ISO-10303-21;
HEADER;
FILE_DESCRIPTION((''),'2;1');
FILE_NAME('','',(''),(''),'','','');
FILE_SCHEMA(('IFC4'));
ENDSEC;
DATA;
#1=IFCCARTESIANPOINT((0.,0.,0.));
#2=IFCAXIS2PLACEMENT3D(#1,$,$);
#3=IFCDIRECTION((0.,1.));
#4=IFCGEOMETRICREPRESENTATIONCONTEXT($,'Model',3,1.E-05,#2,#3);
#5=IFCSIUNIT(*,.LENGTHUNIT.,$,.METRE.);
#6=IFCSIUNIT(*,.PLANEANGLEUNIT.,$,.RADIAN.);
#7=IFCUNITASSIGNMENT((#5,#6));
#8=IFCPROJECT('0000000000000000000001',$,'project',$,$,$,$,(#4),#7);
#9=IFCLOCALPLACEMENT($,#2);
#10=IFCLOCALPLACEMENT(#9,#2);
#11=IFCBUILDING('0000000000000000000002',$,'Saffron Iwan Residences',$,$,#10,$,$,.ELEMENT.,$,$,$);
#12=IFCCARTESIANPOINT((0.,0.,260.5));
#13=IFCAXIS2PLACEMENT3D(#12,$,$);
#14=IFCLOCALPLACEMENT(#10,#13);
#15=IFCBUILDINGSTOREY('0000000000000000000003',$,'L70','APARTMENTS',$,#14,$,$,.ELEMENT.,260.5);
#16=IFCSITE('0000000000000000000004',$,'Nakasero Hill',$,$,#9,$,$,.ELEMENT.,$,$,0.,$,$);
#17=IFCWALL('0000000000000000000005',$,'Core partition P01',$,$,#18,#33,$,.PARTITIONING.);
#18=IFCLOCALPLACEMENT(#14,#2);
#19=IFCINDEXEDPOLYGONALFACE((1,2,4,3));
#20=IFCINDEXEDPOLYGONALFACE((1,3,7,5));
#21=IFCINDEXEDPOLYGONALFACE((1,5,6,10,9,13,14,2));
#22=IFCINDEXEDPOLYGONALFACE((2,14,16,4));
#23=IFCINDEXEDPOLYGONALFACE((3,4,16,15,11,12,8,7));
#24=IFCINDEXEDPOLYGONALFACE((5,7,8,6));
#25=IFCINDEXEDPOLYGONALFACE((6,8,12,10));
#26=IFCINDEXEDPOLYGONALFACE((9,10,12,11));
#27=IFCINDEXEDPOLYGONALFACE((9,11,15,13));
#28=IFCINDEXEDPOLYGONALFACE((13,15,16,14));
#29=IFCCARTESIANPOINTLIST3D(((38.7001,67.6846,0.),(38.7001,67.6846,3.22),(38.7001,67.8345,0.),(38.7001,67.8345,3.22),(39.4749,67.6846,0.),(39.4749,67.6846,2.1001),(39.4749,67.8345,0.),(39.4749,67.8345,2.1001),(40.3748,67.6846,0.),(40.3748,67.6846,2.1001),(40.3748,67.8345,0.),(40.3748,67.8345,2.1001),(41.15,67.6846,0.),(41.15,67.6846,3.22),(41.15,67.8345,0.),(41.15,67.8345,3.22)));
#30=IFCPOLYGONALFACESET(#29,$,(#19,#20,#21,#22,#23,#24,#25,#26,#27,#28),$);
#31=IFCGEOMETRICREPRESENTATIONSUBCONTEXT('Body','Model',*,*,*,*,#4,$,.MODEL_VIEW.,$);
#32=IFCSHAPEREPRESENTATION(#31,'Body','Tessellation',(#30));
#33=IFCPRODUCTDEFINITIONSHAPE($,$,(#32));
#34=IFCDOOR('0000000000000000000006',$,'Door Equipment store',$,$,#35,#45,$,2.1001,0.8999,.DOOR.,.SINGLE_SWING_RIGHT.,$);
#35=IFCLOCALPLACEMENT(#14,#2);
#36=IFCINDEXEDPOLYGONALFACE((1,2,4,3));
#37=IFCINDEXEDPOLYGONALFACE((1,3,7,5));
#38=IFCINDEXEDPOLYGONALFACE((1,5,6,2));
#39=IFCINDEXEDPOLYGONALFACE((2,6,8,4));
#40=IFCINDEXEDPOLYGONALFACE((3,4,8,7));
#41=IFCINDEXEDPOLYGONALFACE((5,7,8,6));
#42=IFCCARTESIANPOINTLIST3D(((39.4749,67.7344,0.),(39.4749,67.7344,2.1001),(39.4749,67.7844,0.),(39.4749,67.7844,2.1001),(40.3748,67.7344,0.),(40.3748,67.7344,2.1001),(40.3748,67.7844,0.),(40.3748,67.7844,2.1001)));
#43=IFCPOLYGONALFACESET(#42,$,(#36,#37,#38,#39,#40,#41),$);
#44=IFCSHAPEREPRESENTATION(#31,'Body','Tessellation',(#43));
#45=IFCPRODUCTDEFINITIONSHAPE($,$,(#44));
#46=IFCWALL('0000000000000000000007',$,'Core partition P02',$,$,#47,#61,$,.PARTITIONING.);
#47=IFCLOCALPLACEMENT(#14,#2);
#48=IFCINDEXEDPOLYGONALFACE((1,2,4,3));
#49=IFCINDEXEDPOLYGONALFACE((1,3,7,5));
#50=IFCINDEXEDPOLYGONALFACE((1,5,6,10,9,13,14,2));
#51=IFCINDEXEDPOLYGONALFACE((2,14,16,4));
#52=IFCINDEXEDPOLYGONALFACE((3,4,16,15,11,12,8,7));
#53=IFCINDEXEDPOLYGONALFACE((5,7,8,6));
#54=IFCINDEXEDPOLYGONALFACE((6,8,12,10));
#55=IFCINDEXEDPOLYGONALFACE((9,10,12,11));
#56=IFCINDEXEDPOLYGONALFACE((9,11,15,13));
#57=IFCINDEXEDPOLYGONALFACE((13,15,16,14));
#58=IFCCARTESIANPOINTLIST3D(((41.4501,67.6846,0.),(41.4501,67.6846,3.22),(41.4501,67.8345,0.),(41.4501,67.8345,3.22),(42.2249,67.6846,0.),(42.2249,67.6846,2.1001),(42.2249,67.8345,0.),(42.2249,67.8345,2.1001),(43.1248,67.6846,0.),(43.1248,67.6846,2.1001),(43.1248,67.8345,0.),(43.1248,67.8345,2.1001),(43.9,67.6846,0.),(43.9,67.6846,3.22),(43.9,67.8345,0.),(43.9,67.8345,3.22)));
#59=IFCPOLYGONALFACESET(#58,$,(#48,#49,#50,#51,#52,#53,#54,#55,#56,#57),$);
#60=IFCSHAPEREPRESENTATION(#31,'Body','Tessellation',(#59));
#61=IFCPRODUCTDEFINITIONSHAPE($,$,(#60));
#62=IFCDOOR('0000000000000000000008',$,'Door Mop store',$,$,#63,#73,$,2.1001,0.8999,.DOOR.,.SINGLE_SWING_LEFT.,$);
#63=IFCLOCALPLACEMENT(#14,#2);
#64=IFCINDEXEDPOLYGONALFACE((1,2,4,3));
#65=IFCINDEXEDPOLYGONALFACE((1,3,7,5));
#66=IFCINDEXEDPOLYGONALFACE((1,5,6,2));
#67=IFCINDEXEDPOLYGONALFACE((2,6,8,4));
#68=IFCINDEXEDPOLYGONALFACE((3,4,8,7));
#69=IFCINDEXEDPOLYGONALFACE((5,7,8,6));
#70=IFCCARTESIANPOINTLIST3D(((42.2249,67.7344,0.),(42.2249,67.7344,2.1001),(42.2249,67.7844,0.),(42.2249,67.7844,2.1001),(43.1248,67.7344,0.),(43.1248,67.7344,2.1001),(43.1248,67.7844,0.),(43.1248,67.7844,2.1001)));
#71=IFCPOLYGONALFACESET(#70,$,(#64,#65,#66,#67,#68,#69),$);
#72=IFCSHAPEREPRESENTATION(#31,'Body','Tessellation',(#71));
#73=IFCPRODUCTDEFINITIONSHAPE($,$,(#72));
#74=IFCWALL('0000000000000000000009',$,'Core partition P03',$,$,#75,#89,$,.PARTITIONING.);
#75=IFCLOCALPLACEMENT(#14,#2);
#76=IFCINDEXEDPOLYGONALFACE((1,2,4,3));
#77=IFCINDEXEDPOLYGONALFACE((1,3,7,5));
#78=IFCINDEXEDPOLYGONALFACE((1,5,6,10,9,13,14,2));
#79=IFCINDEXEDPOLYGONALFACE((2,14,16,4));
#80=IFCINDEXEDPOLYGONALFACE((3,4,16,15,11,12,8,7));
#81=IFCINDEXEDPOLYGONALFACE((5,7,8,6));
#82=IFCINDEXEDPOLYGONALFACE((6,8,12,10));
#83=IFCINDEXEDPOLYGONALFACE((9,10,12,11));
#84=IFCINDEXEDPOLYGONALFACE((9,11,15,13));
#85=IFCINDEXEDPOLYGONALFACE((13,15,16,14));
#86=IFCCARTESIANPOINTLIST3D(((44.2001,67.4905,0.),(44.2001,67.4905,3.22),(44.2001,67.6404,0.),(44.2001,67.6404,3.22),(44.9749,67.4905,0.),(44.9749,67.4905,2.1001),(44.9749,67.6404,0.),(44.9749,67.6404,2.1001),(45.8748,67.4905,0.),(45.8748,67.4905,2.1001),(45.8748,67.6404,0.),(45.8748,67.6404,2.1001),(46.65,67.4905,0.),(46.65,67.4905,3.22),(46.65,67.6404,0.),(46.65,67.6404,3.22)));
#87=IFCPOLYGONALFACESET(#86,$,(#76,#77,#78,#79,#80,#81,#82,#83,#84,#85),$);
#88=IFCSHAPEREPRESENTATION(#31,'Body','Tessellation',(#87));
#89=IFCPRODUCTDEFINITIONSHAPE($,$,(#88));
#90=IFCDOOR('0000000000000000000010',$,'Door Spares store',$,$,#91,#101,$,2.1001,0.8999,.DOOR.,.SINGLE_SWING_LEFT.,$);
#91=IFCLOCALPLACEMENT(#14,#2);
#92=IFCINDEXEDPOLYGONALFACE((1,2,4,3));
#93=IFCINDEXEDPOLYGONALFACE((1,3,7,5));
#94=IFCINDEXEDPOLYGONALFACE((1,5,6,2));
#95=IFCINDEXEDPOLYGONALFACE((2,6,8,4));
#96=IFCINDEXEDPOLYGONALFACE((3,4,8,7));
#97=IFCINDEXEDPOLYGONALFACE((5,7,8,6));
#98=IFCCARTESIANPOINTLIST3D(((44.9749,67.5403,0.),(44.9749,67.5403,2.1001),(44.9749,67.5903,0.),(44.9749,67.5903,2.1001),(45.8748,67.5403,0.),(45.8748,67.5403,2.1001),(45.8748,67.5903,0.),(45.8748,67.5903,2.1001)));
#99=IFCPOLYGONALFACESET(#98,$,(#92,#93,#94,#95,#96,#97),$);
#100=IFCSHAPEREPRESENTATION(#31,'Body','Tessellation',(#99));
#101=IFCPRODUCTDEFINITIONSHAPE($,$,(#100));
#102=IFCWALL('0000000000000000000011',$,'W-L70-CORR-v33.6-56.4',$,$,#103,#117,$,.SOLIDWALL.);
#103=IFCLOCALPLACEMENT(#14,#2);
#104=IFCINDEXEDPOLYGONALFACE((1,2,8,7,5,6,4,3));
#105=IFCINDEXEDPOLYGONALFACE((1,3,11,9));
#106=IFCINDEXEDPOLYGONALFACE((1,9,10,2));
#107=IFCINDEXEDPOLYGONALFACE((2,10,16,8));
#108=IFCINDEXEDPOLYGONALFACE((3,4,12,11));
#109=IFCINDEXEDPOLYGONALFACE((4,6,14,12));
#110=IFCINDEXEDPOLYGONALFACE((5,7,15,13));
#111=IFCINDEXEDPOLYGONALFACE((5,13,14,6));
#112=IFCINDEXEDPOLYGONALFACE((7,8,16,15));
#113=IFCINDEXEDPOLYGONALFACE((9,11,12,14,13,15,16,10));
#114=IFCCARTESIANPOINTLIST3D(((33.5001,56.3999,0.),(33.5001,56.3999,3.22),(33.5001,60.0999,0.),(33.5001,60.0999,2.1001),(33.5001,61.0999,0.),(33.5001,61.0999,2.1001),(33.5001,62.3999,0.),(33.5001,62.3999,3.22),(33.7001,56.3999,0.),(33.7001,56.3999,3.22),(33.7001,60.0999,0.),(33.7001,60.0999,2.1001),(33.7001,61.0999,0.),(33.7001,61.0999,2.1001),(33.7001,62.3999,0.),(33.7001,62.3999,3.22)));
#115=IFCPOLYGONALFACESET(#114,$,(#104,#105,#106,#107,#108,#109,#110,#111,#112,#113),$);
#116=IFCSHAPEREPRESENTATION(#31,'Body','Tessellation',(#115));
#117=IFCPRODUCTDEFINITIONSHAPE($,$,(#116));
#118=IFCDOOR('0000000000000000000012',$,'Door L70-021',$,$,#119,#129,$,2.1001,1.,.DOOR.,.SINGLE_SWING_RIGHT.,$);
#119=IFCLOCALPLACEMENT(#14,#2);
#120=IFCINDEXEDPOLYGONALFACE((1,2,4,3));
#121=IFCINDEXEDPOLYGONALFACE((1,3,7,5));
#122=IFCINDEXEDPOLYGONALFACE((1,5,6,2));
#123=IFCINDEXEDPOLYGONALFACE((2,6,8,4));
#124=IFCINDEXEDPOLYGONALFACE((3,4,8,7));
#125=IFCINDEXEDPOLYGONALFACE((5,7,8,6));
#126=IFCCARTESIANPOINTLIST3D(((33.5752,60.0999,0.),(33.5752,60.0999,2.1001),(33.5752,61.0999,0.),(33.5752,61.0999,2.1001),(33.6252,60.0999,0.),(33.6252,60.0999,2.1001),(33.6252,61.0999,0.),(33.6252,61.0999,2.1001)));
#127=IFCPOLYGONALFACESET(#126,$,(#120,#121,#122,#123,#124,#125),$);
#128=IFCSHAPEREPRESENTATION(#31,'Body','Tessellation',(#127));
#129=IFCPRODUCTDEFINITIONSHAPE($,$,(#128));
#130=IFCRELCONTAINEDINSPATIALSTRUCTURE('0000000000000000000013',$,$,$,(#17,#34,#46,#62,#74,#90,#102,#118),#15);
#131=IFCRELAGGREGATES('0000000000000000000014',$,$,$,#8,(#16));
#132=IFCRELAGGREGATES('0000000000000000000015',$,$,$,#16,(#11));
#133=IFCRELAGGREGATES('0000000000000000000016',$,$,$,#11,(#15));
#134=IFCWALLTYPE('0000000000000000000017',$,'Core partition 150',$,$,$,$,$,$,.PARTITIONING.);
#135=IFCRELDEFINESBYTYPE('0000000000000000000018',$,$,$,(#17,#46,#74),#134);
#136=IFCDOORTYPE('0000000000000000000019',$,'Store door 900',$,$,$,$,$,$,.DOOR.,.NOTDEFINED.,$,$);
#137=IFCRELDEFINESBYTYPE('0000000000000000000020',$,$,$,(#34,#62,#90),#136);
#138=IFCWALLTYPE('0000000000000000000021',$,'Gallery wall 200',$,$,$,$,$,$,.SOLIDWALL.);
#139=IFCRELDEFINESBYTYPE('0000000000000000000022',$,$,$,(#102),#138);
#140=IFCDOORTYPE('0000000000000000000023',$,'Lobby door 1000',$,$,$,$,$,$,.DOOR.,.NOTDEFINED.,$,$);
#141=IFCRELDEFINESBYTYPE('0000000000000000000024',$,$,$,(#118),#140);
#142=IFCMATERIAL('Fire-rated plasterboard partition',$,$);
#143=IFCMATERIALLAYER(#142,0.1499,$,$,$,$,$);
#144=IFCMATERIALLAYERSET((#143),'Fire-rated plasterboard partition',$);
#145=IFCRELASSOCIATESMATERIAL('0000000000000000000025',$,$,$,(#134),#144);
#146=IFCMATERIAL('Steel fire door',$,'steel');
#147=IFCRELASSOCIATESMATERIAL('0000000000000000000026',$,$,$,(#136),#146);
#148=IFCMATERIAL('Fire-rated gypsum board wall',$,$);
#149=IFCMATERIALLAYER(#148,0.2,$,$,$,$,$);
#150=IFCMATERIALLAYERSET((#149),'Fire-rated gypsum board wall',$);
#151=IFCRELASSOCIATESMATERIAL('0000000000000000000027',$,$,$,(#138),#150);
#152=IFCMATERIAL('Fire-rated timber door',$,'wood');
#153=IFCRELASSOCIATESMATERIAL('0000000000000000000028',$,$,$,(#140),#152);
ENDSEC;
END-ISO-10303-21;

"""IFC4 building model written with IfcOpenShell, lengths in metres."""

from ifc_helpers import new_model, si_unit, direction, frame, frame_2d, origin, place, context, subcontext, project, spatial, rectangle, extrude, material, layer, layer_set, type_object, element, fill, save


model = new_model("IFC4")

# Units and contexts
model_context = context("Model", 3, precision=1e-05, world=origin(), true_north=direction((0.0, 1.0)))
body_context = subcontext(model_context, "Body", "Model", "MODEL_VIEW")
ifc_project = project(units=[si_unit("LENGTHUNIT", "METRE"), si_unit("PLANEANGLEUNIT", "RADIAN")], contexts=[model_context])

# Site, building, storey
site_placement = place(None, origin())
site = spatial("IfcSite", under=ifc_project, at=site_placement, Name="Nakasero Hill", CompositionType="ELEMENT", RefElevation=0.0)
building_placement = place(site_placement, origin())
building = spatial("IfcBuilding", under=site, at=building_placement, Name="Saffron Iwan Residences", CompositionType="ELEMENT")
storey_placement = place(building_placement, frame((0.0, 0.0, 260.5)))
storey = spatial("IfcBuildingStorey", under=building, at=storey_placement, Name="L70", Description="APARTMENTS", CompositionType="ELEMENT", Elevation=260.5)

# Walls, openings, doors
ifc_material_1 = material(Name="Fire-rated plasterboard partition")
ifc_layer_1 = layer(ifc_material_1, 0.1499)
ifc_layer_set_1 = layer_set([ifc_layer_1], Name="Fire-rated plasterboard partition")
wall_type_1 = type_object("IfcWallType", Name="Core partition 150", PredefinedType="PARTITIONING", material=ifc_layer_set_1)
wall_1_placement = place(storey_placement, frame((38.7, 67.7595, 0.0), z_axis=(0.0, 0.0, 1.0), x_axis=(1.0, 0.0, 0.0)))
wall_1 = element("IfcWall", 1, at=wall_1_placement, inside=storey, type_object=wall_type_1, Name="Core partition P01", PredefinedType="PARTITIONING", context=body_context, shape_type="SweptSolid", body=[
    extrude(rectangle(XDim=2.45, YDim=0.1499, at=frame_2d((1.2251, 0.0))), origin(), (0.0, 0.0, 1.0), 3.22),
])
opening_1_placement = place(wall_1_placement, frame((0.7749, 0.0, 0.0)))
opening_1 = element("IfcOpeningElement", 2, at=opening_1_placement, cuts=wall_1, PredefinedType="OPENING", context=body_context, shape_type="SweptSolid", body=[
    extrude(rectangle(XDim=0.8999, YDim=2.1001, at=frame_2d((0.45, 1.05))), frame((0.0, 0.085, 0.0), z_axis=(0.0, -1.0, 0.0), x_axis=(1.0, 0.0, 0.0)), (0.0, 0.0, 1.0), 0.1699),
])
ifc_material_2 = material(Name="Steel fire door", Category="steel")
door_type_1 = type_object("IfcDoorType", Name="Store door 900", OperationType="NOTDEFINED", PredefinedType="DOOR", material=ifc_material_2)
door_1_placement = place(opening_1_placement, origin())
door_1 = element("IfcDoor", 3, at=door_1_placement, inside=storey, type_object=door_type_1, Name="Door Equipment store", OperationType="SINGLE_SWING_RIGHT", OverallHeight=2.1001, OverallWidth=0.8999, PredefinedType="DOOR", context=body_context, shape_type="SweptSolid", body=[
    extrude(rectangle(XDim=0.8999, YDim=2.1001, at=frame_2d((0.45, 1.05))), frame((0.0, 0.0249, 0.0), z_axis=(0.0, -1.0, 0.0), x_axis=(1.0, 0.0, 0.0)), (0.0, 0.0, 1.0), 0.05),
])
fill(opening_1, door_1)
wall_2_placement = place(storey_placement, frame((41.45, 67.7595, 0.0), z_axis=(0.0, 0.0, 1.0), x_axis=(1.0, 0.0, 0.0)))
wall_2 = element("IfcWall", 4, at=wall_2_placement, inside=storey, type_object=wall_type_1, Name="Core partition P02", PredefinedType="PARTITIONING", context=body_context, shape_type="SweptSolid", body=[
    extrude(rectangle(XDim=2.45, YDim=0.1499, at=frame_2d((1.2251, 0.0))), origin(), (0.0, 0.0, 1.0), 3.22),
])
opening_2_placement = place(wall_2_placement, frame((0.7749, 0.0, 0.0)))
opening_2 = element("IfcOpeningElement", 5, at=opening_2_placement, cuts=wall_2, PredefinedType="OPENING", context=body_context, shape_type="SweptSolid", body=[
    extrude(rectangle(XDim=0.8999, YDim=2.1001, at=frame_2d((0.45, 1.05))), frame((0.0, 0.085, 0.0), z_axis=(0.0, -1.0, 0.0), x_axis=(1.0, 0.0, 0.0)), (0.0, 0.0, 1.0), 0.1699),
])
door_2_placement = place(opening_2_placement, origin())
door_2 = element("IfcDoor", 6, at=door_2_placement, inside=storey, type_object=door_type_1, Name="Door Mop store", OperationType="SINGLE_SWING_LEFT", OverallHeight=2.1001, OverallWidth=0.8999, PredefinedType="DOOR", context=body_context, shape_type="SweptSolid", body=[
    extrude(rectangle(XDim=0.8999, YDim=2.1001, at=frame_2d((0.45, 1.05))), frame((0.0, 0.0249, 0.0), z_axis=(0.0, -1.0, 0.0), x_axis=(1.0, 0.0, 0.0)), (0.0, 0.0, 1.0), 0.05),
])
fill(opening_2, door_2)
wall_3_placement = place(storey_placement, frame((44.2, 67.5654, 0.0), z_axis=(0.0, 0.0, 1.0), x_axis=(1.0, 0.0, 0.0)))
wall_3 = element("IfcWall", 7, at=wall_3_placement, inside=storey, type_object=wall_type_1, Name="Core partition P03", PredefinedType="PARTITIONING", context=body_context, shape_type="SweptSolid", body=[
    extrude(rectangle(XDim=2.45, YDim=0.1499, at=frame_2d((1.2251, 0.0))), origin(), (0.0, 0.0, 1.0), 3.22),
])
opening_3_placement = place(wall_3_placement, frame((0.7749, 0.0, 0.0)))
opening_3 = element("IfcOpeningElement", 8, at=opening_3_placement, cuts=wall_3, PredefinedType="OPENING", context=body_context, shape_type="SweptSolid", body=[
    extrude(rectangle(XDim=0.8999, YDim=2.1001, at=frame_2d((0.45, 1.05))), frame((0.0, 0.085, 0.0), z_axis=(0.0, -1.0, 0.0), x_axis=(1.0, 0.0, 0.0)), (0.0, 0.0, 1.0), 0.1699),
])
door_3_placement = place(opening_3_placement, origin())
door_3 = element("IfcDoor", 9, at=door_3_placement, inside=storey, type_object=door_type_1, Name="Door Spares store", OperationType="SINGLE_SWING_LEFT", OverallHeight=2.1001, OverallWidth=0.8999, PredefinedType="DOOR", context=body_context, shape_type="SweptSolid", body=[
    extrude(rectangle(XDim=0.8999, YDim=2.1001, at=frame_2d((0.45, 1.05))), frame((0.0, 0.0249, 0.0), z_axis=(0.0, -1.0, 0.0), x_axis=(1.0, 0.0, 0.0)), (0.0, 0.0, 1.0), 0.05),
])
fill(opening_3, door_3)
ifc_material_3 = material(Name="Fire-rated gypsum board wall")
ifc_layer_2 = layer(ifc_material_3, 0.2)
ifc_layer_set_2 = layer_set([ifc_layer_2], Name="Fire-rated gypsum board wall")
wall_type_2 = type_object("IfcWallType", Name="Gallery wall 200", PredefinedType="SOLIDWALL", material=ifc_layer_set_2)
wall_4_placement = place(storey_placement, frame((33.6001, 56.3999, 0.0), z_axis=(0.0, 0.0, 1.0), x_axis=(0.0, 1.0, 0.0)))
wall_4 = element("IfcWall", 10, at=wall_4_placement, inside=storey, type_object=wall_type_2, Name="W-L70-CORR-v33.6-56.4", PredefinedType="SOLIDWALL", context=body_context, shape_type="SweptSolid", body=[
    extrude(rectangle(XDim=6.0, YDim=0.2, at=frame_2d((3.0, 0.0))), origin(), (0.0, 0.0, 1.0), 3.22),
])
opening_4_placement = place(wall_4_placement, frame((3.7, 0.0, 0.0)))
opening_4 = element("IfcOpeningElement", 11, at=opening_4_placement, cuts=wall_4, PredefinedType="OPENING", context=body_context, shape_type="SweptSolid", body=[
    extrude(rectangle(XDim=1.0, YDim=2.1001, at=frame_2d((0.5, 1.05))), frame((0.0, 0.1099, 0.0), z_axis=(0.0, -1.0, 0.0), x_axis=(1.0, 0.0, 0.0)), (0.0, 0.0, 1.0), 0.22),
])
ifc_material_4 = material(Name="Fire-rated timber door", Category="wood")
door_type_2 = type_object("IfcDoorType", Name="Lobby door 1000", OperationType="NOTDEFINED", PredefinedType="DOOR", material=ifc_material_4)
door_4_placement = place(opening_4_placement, origin())
door_4 = element("IfcDoor", 12, at=door_4_placement, inside=storey, type_object=door_type_2, Name="Door L70-021", OperationType="SINGLE_SWING_RIGHT", OverallHeight=2.1001, OverallWidth=1.0, PredefinedType="DOOR", context=body_context, shape_type="SweptSolid", body=[
    extrude(rectangle(XDim=1.0, YDim=2.1001, at=frame_2d((0.5, 1.05))), frame((0.0, 0.0249, 0.0), z_axis=(0.0, -1.0, 0.0), x_axis=(1.0, 0.0, 0.0)), (0.0, 0.0, 1.0), 0.05),
])
fill(opening_4, door_4)

save(model, "model.ifc")
